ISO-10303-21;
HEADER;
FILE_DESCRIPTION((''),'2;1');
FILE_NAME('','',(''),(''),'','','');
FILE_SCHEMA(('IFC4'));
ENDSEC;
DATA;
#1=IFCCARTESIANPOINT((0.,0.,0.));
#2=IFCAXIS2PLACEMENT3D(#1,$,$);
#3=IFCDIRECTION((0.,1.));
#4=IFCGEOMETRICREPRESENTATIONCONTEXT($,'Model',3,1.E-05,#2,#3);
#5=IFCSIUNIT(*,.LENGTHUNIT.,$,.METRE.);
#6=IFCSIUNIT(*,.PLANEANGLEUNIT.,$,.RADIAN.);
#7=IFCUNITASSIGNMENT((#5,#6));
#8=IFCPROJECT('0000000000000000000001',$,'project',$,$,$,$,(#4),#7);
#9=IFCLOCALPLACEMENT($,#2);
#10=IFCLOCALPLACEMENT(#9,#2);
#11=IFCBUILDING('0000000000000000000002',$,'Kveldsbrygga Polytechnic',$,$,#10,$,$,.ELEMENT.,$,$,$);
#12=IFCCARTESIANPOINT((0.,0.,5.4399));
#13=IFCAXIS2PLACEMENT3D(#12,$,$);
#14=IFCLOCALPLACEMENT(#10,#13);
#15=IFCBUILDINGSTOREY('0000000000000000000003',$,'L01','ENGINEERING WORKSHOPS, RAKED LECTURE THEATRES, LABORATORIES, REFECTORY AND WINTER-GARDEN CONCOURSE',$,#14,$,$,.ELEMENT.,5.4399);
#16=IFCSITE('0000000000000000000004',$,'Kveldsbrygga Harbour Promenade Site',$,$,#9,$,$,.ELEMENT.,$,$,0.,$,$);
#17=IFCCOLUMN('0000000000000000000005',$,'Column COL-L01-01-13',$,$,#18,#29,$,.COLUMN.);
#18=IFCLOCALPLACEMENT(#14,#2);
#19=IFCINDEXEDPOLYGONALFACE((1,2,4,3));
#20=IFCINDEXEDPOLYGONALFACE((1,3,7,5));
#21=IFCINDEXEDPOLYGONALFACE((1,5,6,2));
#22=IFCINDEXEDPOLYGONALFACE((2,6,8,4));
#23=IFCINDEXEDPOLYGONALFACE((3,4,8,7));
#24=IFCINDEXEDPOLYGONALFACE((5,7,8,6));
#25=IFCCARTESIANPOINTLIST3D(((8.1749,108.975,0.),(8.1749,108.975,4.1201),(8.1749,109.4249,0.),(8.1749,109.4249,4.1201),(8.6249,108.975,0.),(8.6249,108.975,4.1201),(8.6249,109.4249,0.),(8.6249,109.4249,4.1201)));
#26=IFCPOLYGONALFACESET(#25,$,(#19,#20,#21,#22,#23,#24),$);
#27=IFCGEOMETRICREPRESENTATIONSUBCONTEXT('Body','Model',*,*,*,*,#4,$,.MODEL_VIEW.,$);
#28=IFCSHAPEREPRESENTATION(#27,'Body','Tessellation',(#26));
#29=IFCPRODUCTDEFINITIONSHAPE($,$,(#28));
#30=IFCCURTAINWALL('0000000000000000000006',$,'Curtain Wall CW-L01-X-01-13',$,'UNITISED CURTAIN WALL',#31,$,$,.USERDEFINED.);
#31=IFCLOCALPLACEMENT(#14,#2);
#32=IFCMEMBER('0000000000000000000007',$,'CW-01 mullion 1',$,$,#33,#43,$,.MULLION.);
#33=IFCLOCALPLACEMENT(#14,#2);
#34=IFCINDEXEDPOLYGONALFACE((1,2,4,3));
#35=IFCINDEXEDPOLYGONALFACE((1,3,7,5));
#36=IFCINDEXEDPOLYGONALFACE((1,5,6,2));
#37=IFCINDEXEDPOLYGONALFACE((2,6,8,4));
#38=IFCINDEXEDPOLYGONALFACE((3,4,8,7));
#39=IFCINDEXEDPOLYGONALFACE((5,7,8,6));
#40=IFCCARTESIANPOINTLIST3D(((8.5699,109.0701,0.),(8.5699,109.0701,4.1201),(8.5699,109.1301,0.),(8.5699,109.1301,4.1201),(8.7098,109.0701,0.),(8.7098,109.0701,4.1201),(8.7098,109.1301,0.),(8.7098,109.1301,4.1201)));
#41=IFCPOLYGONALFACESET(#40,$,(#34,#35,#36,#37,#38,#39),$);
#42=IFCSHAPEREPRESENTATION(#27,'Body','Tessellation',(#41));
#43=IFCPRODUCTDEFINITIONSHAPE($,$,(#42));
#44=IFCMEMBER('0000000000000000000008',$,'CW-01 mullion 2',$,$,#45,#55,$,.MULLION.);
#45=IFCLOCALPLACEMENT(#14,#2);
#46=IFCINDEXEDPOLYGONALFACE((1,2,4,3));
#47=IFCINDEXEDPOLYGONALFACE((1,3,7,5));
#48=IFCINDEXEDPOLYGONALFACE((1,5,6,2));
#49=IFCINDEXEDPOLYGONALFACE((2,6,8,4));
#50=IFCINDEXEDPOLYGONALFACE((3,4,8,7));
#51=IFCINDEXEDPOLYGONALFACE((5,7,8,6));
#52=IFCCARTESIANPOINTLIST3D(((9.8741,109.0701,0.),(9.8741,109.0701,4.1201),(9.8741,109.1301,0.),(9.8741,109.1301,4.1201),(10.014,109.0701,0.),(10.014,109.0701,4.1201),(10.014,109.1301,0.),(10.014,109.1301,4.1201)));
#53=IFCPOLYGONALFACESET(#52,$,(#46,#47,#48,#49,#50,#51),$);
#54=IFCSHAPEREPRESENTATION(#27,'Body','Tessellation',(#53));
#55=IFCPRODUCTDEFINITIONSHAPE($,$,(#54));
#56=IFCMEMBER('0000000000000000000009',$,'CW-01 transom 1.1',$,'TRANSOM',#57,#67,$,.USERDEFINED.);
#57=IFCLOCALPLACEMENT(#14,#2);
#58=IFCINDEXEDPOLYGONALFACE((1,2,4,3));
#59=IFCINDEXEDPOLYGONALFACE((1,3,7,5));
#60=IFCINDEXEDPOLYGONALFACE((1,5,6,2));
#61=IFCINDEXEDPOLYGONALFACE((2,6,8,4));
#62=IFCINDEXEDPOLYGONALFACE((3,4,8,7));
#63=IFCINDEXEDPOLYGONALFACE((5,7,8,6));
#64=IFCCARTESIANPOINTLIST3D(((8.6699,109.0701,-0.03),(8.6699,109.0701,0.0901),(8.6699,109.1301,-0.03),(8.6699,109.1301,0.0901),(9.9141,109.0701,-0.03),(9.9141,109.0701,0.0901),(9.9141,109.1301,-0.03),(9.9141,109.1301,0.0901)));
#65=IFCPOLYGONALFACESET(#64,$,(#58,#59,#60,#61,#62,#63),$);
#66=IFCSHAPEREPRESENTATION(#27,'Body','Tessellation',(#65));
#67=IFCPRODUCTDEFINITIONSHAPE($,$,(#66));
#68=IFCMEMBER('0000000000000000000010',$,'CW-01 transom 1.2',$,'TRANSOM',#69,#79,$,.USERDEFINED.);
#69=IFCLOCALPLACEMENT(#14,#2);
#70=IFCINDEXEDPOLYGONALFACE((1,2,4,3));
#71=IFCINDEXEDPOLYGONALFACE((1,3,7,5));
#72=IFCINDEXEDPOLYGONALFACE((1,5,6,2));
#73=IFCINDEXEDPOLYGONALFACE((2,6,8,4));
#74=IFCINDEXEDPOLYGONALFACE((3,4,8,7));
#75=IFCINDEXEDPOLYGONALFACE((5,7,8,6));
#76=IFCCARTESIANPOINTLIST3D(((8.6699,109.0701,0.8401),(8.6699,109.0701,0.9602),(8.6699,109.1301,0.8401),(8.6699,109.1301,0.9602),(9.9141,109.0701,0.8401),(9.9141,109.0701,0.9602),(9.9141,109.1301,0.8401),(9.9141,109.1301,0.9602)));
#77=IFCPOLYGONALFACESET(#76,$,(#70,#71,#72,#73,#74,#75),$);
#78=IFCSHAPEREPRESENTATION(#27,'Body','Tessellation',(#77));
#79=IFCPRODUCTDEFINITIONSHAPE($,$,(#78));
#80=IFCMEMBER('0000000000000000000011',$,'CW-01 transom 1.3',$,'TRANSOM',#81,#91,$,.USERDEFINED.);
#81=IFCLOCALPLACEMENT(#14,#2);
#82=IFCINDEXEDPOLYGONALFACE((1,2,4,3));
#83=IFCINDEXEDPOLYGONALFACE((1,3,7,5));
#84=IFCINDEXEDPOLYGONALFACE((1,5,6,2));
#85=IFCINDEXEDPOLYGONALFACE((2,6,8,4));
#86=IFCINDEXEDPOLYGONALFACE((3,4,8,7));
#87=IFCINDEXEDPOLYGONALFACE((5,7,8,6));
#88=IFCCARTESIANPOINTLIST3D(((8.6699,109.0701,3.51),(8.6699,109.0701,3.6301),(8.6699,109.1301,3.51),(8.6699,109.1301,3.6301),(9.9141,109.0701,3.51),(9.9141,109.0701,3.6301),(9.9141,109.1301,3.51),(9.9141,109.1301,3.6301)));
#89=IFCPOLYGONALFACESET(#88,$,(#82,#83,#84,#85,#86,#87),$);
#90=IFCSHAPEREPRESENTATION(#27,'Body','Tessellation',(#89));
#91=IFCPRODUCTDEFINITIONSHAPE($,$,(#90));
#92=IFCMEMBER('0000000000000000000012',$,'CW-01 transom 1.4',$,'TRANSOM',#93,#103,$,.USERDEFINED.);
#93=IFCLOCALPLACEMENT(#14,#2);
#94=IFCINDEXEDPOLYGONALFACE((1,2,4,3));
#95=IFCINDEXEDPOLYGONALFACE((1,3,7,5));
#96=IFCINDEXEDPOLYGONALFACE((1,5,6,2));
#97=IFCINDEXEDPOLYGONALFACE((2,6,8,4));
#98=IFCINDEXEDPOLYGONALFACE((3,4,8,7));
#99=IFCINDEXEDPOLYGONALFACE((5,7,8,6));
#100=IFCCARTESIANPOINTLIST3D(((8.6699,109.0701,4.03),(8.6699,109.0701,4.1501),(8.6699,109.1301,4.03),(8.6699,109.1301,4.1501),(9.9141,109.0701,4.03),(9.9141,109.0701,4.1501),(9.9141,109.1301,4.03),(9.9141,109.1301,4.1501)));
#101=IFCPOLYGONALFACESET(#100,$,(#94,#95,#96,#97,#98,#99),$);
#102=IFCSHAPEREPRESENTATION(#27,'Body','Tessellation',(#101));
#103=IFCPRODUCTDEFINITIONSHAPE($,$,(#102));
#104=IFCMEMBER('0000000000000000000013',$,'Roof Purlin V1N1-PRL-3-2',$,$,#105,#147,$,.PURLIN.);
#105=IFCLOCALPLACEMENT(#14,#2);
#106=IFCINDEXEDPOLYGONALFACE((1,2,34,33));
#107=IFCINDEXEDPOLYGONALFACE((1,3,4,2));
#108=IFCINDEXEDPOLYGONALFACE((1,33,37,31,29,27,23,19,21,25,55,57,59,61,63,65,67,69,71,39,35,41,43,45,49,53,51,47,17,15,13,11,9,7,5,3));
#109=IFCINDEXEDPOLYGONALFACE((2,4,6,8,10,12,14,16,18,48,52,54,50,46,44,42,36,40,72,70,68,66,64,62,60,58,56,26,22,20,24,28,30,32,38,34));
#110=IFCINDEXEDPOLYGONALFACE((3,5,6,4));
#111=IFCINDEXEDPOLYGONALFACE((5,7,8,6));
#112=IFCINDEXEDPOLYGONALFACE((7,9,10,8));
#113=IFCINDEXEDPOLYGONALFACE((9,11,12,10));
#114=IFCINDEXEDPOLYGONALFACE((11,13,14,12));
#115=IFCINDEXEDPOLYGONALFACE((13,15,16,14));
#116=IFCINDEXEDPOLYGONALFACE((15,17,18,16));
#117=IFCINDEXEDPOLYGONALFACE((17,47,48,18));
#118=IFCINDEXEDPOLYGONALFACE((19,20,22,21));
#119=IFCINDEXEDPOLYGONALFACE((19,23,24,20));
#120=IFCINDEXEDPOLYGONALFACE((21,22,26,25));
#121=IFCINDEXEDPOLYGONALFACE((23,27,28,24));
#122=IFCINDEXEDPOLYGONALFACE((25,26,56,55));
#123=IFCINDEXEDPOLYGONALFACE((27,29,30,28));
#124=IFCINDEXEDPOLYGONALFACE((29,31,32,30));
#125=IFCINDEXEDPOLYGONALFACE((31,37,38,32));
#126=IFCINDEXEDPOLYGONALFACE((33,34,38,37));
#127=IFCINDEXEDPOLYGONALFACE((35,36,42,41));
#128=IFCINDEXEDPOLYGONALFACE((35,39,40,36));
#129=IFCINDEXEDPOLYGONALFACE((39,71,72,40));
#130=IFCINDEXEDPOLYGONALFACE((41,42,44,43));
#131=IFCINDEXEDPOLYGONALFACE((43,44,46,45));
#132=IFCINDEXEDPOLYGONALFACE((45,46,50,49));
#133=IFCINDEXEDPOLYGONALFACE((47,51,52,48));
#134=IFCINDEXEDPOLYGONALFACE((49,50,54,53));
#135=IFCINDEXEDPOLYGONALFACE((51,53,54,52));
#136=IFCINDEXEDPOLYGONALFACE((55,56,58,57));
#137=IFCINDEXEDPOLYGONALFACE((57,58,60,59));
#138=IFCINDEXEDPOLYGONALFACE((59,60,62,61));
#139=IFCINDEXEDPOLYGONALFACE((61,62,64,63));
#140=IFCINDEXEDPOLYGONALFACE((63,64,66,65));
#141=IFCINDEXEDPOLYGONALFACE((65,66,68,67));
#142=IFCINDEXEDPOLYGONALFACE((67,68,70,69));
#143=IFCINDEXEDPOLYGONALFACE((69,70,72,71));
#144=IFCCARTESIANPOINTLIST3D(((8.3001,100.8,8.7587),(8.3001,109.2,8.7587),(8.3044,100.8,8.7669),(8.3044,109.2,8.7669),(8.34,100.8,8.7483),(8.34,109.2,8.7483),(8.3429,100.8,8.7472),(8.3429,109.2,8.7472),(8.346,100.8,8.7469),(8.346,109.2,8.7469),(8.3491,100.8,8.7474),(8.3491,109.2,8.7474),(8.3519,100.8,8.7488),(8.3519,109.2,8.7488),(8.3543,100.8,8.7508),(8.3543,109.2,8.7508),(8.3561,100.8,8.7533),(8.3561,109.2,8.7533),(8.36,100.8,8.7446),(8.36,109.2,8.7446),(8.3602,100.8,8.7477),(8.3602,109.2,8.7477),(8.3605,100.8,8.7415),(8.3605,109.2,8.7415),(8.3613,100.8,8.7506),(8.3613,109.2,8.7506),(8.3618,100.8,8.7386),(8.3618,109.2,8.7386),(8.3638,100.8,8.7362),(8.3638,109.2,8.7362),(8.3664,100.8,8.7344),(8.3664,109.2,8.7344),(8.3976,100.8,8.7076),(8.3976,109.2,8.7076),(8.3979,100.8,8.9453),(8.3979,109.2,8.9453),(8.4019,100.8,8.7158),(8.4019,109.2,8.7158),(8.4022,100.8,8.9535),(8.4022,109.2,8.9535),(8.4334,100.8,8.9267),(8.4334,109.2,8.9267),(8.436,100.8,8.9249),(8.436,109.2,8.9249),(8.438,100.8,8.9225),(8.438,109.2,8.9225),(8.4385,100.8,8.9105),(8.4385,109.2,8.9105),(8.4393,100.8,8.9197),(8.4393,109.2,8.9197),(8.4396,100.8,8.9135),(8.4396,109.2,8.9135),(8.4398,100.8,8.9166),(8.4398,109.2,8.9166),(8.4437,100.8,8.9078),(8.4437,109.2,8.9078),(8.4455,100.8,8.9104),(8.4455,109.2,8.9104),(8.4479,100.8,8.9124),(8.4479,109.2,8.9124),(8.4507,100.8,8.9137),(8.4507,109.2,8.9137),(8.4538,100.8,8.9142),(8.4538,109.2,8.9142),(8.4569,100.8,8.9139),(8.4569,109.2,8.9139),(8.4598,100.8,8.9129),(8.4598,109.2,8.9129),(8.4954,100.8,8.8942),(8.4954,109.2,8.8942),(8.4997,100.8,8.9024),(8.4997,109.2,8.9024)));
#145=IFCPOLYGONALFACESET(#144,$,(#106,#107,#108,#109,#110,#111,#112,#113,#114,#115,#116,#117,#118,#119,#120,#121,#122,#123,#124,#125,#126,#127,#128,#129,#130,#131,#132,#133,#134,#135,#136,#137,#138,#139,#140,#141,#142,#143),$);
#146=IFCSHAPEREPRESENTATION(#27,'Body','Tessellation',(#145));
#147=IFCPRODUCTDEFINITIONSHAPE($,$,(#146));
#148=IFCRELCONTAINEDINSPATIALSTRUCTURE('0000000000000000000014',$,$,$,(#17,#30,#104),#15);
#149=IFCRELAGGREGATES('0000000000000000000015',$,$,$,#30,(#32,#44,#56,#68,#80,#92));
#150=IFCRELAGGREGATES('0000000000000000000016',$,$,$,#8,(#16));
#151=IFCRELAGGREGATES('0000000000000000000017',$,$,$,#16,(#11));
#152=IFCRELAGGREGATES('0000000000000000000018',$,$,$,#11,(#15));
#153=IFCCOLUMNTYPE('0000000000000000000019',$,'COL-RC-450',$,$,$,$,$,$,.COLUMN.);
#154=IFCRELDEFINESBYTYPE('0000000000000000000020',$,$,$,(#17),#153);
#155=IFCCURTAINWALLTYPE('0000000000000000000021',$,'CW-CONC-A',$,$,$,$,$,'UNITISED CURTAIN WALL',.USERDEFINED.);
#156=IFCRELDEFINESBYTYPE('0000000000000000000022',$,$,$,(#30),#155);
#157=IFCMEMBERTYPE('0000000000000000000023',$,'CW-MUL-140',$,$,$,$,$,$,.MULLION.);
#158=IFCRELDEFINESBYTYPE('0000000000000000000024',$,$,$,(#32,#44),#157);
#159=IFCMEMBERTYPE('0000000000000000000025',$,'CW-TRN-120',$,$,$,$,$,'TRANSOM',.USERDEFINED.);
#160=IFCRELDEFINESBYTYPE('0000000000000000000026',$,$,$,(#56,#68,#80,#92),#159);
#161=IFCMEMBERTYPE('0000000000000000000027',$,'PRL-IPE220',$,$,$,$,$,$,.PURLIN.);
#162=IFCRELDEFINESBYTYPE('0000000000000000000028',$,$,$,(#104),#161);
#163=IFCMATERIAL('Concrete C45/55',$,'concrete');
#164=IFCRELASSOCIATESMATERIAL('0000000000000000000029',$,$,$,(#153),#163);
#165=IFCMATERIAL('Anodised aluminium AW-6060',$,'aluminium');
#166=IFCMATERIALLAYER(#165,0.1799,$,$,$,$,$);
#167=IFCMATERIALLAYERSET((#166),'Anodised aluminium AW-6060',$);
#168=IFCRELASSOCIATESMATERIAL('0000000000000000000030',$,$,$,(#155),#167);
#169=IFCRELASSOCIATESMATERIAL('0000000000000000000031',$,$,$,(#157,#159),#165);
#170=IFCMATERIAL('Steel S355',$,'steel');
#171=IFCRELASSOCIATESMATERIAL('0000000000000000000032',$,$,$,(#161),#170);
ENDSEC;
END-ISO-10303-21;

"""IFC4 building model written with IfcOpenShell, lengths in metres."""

from ifc_helpers import new_model, si_unit, direction, frame, origin, origin_2d, place, context, subcontext, project, spatial, rectangle, i_section, extrude, material, layer, layer_set, material_profile, profile_set, type_object, element, aggregate, save


model = new_model("IFC4")

# Units and contexts
model_context = context("Model", 3, precision=1e-05, world=origin(), true_north=direction((0.0, 1.0)))
body_context = subcontext(model_context, "Body", "Model", "MODEL_VIEW")
ifc_project = project(units=[si_unit("LENGTHUNIT", "METRE"), si_unit("PLANEANGLEUNIT", "RADIAN")], contexts=[model_context])

# Site, building, storey
site_placement = place(None, origin())
site = spatial("IfcSite", under=ifc_project, at=site_placement, Name="Kveldsbrygga Harbour Promenade Site", CompositionType="ELEMENT", RefElevation=0.0)
building_placement = place(site_placement, origin())
building = spatial("IfcBuilding", under=site, at=building_placement, Name="Kveldsbrygga Polytechnic", CompositionType="ELEMENT")
storey_placement = place(building_placement, frame((0.0, 0.0, 5.4399)))
storey = spatial("IfcBuildingStorey", under=building, at=storey_placement, Name="L01", Description="ENGINEERING WORKSHOPS, RAKED LECTURE THEATRES, LABORATORIES, REFECTORY AND WINTER-GARDEN CONCOURSE", CompositionType="ELEMENT", Elevation=5.4399)

# Column
ifc_material_1 = material(Name="Concrete C45/55", Category="concrete")
ifc_material_profile_1 = material_profile(ifc_material_1, rectangle(XDim=0.45, YDim=0.45, at=origin_2d()), Name="RC 450x450")
ifc_profile_set_1 = profile_set([ifc_material_profile_1], Name="Concrete C45/55")
column_type = type_object("IfcColumnType", Name="COL-RC-450", PredefinedType="COLUMN", material=ifc_profile_set_1)
column_placement = place(storey_placement, frame((8.3999, 109.2, 0.0), z_axis=(0.0, 0.0, 1.0), x_axis=(1.0, 0.0, 0.0)))
element("IfcColumn", 1, at=column_placement, inside=storey, type_object=column_type, Name="Column COL-L01-01-13", PredefinedType="COLUMN", context=body_context, shape_type="SweptSolid", body=[
    extrude(rectangle(XDim=0.45, YDim=0.45, at=origin_2d()), origin(), (0.0, 0.0, 1.0), 4.1201),
])

# Curtain wall, members
ifc_material_2 = material(Name="Anodised aluminium AW-6060", Category="aluminium")
ifc_layer_1 = layer(ifc_material_2, 0.1799)
ifc_layer_set_1 = layer_set([ifc_layer_1], Name="Anodised aluminium AW-6060")
curtain_wall_type = type_object("IfcCurtainWallType", Name="CW-CONC-A", ElementType="UNITISED CURTAIN WALL", PredefinedType="USERDEFINED", material=ifc_layer_set_1)
curtain_wall_placement = place(storey_placement, origin())
curtain_wall = element("IfcCurtainWall", 2, at=curtain_wall_placement, inside=storey, type_object=curtain_wall_type, Name="Curtain Wall CW-L01-X-01-13", ObjectType="UNITISED CURTAIN WALL", PredefinedType="USERDEFINED")
ifc_material_profile_2 = material_profile(ifc_material_2, rectangle(XDim=0.0601, YDim=0.1399, at=origin_2d()), Name="ALU 60x140")
ifc_profile_set_2 = profile_set([ifc_material_profile_2], Name="Anodised aluminium AW-6060")
member_type_1 = type_object("IfcMemberType", Name="CW-MUL-140", PredefinedType="MULLION", material=ifc_profile_set_2)
member_1_placement = place(storey_placement, frame((8.6399, 109.1001, 0.0), z_axis=(0.0, 0.0, 1.0), x_axis=(0.0, 1.0, 0.0)))
member_1 = element("IfcMember", 3, at=member_1_placement, type_object=member_type_1, Name="CW-01 mullion 1", PredefinedType="MULLION", context=body_context, shape_type="SweptSolid", body=[
    extrude(rectangle(XDim=0.0601, YDim=0.1399, at=origin_2d()), origin(), (0.0, 0.0, 1.0), 4.1201),
])
member_2_placement = place(storey_placement, frame((9.9441, 109.1001, 0.0), z_axis=(0.0, 0.0, 1.0), x_axis=(0.0, 1.0, 0.0)))
member_2 = element("IfcMember", 4, at=member_2_placement, type_object=member_type_1, Name="CW-01 mullion 2", PredefinedType="MULLION", context=body_context, shape_type="SweptSolid", body=[
    extrude(rectangle(XDim=0.0601, YDim=0.1399, at=origin_2d()), origin(), (0.0, 0.0, 1.0), 4.1201),
])
ifc_material_profile_3 = material_profile(ifc_material_2, rectangle(XDim=0.0601, YDim=0.1201, at=origin_2d()), Name="ALU 60x120")
ifc_profile_set_3 = profile_set([ifc_material_profile_3], Name="Anodised aluminium AW-6060")
member_type_2 = type_object("IfcMemberType", Name="CW-TRN-120", ElementType="TRANSOM", PredefinedType="USERDEFINED", material=ifc_profile_set_3)
member_3_placement = place(storey_placement, frame((8.6699, 109.1001, 0.03), z_axis=(1.0, 0.0, 0.0), x_axis=(0.0, 1.0, 0.0)))
member_3 = element("IfcMember", 5, at=member_3_placement, type_object=member_type_2, Name="CW-01 transom 1.1", ObjectType="TRANSOM", PredefinedType="USERDEFINED", context=body_context, shape_type="SweptSolid", body=[
    extrude(rectangle(XDim=0.0601, YDim=0.1201, at=origin_2d()), origin(), (0.0, 0.0, 1.0), 1.2441),
])
member_4_placement = place(storey_placement, frame((8.6699, 109.1001, 0.9001), z_axis=(1.0, 0.0, 0.0), x_axis=(0.0, 1.0, 0.0)))
member_4 = element("IfcMember", 6, at=member_4_placement, type_object=member_type_2, Name="CW-01 transom 1.2", ObjectType="TRANSOM", PredefinedType="USERDEFINED", context=body_context, shape_type="SweptSolid", body=[
    extrude(rectangle(XDim=0.0601, YDim=0.1201, at=origin_2d()), origin(), (0.0, 0.0, 1.0), 1.2441),
])
member_5_placement = place(storey_placement, frame((8.6699, 109.1001, 3.5701), z_axis=(1.0, 0.0, 0.0), x_axis=(0.0, 1.0, 0.0)))
member_5 = element("IfcMember", 7, at=member_5_placement, type_object=member_type_2, Name="CW-01 transom 1.3", ObjectType="TRANSOM", PredefinedType="USERDEFINED", context=body_context, shape_type="SweptSolid", body=[
    extrude(rectangle(XDim=0.0601, YDim=0.1201, at=origin_2d()), origin(), (0.0, 0.0, 1.0), 1.2441),
])
member_6_placement = place(storey_placement, frame((8.6699, 109.1001, 4.0901), z_axis=(1.0, 0.0, 0.0), x_axis=(0.0, 1.0, 0.0)))
member_6 = element("IfcMember", 8, at=member_6_placement, type_object=member_type_2, Name="CW-01 transom 1.4", ObjectType="TRANSOM", PredefinedType="USERDEFINED", context=body_context, shape_type="SweptSolid", body=[
    extrude(rectangle(XDim=0.0601, YDim=0.1201, at=origin_2d()), origin(), (0.0, 0.0, 1.0), 1.2441),
])

# Member
ifc_material_3 = material(Name="Steel S355", Category="steel")
ifc_material_profile_4 = material_profile(ifc_material_3, i_section(OverallWidth=0.1101, OverallDepth=0.22, WebThickness=0.0059, FlangeThickness=0.0093, FilletRadius=0.012, at=origin_2d()), Name="IPE 220")
ifc_profile_set_4 = profile_set([ifc_material_profile_4], Name="Steel S355")
member_type_3 = type_object("IfcMemberType", Name="PRL-IPE220", PredefinedType="PURLIN", material=ifc_profile_set_4)
member_7_placement = place(storey_placement, frame((8.3999, 100.8, 8.8306), z_axis=(0.0, 1.0, 0.0), x_axis=(-0.885831, 0.0, 0.464007)))
element("IfcMember", 9, at=member_7_placement, inside=storey, type_object=member_type_3, Name="Roof Purlin V1N1-PRL-3-2", PredefinedType="PURLIN", context=body_context, shape_type="SweptSolid", body=[
    extrude(i_section(OverallWidth=0.1101, OverallDepth=0.22, WebThickness=0.0059, FlangeThickness=0.0093, FilletRadius=0.012, at=origin_2d()), origin(), (0.0, 0.0, 1.0), 8.3999),
])

aggregate(curtain_wall, [member_1, member_2, member_3, member_4, member_5, member_6])

save(model, "model.ifc")
